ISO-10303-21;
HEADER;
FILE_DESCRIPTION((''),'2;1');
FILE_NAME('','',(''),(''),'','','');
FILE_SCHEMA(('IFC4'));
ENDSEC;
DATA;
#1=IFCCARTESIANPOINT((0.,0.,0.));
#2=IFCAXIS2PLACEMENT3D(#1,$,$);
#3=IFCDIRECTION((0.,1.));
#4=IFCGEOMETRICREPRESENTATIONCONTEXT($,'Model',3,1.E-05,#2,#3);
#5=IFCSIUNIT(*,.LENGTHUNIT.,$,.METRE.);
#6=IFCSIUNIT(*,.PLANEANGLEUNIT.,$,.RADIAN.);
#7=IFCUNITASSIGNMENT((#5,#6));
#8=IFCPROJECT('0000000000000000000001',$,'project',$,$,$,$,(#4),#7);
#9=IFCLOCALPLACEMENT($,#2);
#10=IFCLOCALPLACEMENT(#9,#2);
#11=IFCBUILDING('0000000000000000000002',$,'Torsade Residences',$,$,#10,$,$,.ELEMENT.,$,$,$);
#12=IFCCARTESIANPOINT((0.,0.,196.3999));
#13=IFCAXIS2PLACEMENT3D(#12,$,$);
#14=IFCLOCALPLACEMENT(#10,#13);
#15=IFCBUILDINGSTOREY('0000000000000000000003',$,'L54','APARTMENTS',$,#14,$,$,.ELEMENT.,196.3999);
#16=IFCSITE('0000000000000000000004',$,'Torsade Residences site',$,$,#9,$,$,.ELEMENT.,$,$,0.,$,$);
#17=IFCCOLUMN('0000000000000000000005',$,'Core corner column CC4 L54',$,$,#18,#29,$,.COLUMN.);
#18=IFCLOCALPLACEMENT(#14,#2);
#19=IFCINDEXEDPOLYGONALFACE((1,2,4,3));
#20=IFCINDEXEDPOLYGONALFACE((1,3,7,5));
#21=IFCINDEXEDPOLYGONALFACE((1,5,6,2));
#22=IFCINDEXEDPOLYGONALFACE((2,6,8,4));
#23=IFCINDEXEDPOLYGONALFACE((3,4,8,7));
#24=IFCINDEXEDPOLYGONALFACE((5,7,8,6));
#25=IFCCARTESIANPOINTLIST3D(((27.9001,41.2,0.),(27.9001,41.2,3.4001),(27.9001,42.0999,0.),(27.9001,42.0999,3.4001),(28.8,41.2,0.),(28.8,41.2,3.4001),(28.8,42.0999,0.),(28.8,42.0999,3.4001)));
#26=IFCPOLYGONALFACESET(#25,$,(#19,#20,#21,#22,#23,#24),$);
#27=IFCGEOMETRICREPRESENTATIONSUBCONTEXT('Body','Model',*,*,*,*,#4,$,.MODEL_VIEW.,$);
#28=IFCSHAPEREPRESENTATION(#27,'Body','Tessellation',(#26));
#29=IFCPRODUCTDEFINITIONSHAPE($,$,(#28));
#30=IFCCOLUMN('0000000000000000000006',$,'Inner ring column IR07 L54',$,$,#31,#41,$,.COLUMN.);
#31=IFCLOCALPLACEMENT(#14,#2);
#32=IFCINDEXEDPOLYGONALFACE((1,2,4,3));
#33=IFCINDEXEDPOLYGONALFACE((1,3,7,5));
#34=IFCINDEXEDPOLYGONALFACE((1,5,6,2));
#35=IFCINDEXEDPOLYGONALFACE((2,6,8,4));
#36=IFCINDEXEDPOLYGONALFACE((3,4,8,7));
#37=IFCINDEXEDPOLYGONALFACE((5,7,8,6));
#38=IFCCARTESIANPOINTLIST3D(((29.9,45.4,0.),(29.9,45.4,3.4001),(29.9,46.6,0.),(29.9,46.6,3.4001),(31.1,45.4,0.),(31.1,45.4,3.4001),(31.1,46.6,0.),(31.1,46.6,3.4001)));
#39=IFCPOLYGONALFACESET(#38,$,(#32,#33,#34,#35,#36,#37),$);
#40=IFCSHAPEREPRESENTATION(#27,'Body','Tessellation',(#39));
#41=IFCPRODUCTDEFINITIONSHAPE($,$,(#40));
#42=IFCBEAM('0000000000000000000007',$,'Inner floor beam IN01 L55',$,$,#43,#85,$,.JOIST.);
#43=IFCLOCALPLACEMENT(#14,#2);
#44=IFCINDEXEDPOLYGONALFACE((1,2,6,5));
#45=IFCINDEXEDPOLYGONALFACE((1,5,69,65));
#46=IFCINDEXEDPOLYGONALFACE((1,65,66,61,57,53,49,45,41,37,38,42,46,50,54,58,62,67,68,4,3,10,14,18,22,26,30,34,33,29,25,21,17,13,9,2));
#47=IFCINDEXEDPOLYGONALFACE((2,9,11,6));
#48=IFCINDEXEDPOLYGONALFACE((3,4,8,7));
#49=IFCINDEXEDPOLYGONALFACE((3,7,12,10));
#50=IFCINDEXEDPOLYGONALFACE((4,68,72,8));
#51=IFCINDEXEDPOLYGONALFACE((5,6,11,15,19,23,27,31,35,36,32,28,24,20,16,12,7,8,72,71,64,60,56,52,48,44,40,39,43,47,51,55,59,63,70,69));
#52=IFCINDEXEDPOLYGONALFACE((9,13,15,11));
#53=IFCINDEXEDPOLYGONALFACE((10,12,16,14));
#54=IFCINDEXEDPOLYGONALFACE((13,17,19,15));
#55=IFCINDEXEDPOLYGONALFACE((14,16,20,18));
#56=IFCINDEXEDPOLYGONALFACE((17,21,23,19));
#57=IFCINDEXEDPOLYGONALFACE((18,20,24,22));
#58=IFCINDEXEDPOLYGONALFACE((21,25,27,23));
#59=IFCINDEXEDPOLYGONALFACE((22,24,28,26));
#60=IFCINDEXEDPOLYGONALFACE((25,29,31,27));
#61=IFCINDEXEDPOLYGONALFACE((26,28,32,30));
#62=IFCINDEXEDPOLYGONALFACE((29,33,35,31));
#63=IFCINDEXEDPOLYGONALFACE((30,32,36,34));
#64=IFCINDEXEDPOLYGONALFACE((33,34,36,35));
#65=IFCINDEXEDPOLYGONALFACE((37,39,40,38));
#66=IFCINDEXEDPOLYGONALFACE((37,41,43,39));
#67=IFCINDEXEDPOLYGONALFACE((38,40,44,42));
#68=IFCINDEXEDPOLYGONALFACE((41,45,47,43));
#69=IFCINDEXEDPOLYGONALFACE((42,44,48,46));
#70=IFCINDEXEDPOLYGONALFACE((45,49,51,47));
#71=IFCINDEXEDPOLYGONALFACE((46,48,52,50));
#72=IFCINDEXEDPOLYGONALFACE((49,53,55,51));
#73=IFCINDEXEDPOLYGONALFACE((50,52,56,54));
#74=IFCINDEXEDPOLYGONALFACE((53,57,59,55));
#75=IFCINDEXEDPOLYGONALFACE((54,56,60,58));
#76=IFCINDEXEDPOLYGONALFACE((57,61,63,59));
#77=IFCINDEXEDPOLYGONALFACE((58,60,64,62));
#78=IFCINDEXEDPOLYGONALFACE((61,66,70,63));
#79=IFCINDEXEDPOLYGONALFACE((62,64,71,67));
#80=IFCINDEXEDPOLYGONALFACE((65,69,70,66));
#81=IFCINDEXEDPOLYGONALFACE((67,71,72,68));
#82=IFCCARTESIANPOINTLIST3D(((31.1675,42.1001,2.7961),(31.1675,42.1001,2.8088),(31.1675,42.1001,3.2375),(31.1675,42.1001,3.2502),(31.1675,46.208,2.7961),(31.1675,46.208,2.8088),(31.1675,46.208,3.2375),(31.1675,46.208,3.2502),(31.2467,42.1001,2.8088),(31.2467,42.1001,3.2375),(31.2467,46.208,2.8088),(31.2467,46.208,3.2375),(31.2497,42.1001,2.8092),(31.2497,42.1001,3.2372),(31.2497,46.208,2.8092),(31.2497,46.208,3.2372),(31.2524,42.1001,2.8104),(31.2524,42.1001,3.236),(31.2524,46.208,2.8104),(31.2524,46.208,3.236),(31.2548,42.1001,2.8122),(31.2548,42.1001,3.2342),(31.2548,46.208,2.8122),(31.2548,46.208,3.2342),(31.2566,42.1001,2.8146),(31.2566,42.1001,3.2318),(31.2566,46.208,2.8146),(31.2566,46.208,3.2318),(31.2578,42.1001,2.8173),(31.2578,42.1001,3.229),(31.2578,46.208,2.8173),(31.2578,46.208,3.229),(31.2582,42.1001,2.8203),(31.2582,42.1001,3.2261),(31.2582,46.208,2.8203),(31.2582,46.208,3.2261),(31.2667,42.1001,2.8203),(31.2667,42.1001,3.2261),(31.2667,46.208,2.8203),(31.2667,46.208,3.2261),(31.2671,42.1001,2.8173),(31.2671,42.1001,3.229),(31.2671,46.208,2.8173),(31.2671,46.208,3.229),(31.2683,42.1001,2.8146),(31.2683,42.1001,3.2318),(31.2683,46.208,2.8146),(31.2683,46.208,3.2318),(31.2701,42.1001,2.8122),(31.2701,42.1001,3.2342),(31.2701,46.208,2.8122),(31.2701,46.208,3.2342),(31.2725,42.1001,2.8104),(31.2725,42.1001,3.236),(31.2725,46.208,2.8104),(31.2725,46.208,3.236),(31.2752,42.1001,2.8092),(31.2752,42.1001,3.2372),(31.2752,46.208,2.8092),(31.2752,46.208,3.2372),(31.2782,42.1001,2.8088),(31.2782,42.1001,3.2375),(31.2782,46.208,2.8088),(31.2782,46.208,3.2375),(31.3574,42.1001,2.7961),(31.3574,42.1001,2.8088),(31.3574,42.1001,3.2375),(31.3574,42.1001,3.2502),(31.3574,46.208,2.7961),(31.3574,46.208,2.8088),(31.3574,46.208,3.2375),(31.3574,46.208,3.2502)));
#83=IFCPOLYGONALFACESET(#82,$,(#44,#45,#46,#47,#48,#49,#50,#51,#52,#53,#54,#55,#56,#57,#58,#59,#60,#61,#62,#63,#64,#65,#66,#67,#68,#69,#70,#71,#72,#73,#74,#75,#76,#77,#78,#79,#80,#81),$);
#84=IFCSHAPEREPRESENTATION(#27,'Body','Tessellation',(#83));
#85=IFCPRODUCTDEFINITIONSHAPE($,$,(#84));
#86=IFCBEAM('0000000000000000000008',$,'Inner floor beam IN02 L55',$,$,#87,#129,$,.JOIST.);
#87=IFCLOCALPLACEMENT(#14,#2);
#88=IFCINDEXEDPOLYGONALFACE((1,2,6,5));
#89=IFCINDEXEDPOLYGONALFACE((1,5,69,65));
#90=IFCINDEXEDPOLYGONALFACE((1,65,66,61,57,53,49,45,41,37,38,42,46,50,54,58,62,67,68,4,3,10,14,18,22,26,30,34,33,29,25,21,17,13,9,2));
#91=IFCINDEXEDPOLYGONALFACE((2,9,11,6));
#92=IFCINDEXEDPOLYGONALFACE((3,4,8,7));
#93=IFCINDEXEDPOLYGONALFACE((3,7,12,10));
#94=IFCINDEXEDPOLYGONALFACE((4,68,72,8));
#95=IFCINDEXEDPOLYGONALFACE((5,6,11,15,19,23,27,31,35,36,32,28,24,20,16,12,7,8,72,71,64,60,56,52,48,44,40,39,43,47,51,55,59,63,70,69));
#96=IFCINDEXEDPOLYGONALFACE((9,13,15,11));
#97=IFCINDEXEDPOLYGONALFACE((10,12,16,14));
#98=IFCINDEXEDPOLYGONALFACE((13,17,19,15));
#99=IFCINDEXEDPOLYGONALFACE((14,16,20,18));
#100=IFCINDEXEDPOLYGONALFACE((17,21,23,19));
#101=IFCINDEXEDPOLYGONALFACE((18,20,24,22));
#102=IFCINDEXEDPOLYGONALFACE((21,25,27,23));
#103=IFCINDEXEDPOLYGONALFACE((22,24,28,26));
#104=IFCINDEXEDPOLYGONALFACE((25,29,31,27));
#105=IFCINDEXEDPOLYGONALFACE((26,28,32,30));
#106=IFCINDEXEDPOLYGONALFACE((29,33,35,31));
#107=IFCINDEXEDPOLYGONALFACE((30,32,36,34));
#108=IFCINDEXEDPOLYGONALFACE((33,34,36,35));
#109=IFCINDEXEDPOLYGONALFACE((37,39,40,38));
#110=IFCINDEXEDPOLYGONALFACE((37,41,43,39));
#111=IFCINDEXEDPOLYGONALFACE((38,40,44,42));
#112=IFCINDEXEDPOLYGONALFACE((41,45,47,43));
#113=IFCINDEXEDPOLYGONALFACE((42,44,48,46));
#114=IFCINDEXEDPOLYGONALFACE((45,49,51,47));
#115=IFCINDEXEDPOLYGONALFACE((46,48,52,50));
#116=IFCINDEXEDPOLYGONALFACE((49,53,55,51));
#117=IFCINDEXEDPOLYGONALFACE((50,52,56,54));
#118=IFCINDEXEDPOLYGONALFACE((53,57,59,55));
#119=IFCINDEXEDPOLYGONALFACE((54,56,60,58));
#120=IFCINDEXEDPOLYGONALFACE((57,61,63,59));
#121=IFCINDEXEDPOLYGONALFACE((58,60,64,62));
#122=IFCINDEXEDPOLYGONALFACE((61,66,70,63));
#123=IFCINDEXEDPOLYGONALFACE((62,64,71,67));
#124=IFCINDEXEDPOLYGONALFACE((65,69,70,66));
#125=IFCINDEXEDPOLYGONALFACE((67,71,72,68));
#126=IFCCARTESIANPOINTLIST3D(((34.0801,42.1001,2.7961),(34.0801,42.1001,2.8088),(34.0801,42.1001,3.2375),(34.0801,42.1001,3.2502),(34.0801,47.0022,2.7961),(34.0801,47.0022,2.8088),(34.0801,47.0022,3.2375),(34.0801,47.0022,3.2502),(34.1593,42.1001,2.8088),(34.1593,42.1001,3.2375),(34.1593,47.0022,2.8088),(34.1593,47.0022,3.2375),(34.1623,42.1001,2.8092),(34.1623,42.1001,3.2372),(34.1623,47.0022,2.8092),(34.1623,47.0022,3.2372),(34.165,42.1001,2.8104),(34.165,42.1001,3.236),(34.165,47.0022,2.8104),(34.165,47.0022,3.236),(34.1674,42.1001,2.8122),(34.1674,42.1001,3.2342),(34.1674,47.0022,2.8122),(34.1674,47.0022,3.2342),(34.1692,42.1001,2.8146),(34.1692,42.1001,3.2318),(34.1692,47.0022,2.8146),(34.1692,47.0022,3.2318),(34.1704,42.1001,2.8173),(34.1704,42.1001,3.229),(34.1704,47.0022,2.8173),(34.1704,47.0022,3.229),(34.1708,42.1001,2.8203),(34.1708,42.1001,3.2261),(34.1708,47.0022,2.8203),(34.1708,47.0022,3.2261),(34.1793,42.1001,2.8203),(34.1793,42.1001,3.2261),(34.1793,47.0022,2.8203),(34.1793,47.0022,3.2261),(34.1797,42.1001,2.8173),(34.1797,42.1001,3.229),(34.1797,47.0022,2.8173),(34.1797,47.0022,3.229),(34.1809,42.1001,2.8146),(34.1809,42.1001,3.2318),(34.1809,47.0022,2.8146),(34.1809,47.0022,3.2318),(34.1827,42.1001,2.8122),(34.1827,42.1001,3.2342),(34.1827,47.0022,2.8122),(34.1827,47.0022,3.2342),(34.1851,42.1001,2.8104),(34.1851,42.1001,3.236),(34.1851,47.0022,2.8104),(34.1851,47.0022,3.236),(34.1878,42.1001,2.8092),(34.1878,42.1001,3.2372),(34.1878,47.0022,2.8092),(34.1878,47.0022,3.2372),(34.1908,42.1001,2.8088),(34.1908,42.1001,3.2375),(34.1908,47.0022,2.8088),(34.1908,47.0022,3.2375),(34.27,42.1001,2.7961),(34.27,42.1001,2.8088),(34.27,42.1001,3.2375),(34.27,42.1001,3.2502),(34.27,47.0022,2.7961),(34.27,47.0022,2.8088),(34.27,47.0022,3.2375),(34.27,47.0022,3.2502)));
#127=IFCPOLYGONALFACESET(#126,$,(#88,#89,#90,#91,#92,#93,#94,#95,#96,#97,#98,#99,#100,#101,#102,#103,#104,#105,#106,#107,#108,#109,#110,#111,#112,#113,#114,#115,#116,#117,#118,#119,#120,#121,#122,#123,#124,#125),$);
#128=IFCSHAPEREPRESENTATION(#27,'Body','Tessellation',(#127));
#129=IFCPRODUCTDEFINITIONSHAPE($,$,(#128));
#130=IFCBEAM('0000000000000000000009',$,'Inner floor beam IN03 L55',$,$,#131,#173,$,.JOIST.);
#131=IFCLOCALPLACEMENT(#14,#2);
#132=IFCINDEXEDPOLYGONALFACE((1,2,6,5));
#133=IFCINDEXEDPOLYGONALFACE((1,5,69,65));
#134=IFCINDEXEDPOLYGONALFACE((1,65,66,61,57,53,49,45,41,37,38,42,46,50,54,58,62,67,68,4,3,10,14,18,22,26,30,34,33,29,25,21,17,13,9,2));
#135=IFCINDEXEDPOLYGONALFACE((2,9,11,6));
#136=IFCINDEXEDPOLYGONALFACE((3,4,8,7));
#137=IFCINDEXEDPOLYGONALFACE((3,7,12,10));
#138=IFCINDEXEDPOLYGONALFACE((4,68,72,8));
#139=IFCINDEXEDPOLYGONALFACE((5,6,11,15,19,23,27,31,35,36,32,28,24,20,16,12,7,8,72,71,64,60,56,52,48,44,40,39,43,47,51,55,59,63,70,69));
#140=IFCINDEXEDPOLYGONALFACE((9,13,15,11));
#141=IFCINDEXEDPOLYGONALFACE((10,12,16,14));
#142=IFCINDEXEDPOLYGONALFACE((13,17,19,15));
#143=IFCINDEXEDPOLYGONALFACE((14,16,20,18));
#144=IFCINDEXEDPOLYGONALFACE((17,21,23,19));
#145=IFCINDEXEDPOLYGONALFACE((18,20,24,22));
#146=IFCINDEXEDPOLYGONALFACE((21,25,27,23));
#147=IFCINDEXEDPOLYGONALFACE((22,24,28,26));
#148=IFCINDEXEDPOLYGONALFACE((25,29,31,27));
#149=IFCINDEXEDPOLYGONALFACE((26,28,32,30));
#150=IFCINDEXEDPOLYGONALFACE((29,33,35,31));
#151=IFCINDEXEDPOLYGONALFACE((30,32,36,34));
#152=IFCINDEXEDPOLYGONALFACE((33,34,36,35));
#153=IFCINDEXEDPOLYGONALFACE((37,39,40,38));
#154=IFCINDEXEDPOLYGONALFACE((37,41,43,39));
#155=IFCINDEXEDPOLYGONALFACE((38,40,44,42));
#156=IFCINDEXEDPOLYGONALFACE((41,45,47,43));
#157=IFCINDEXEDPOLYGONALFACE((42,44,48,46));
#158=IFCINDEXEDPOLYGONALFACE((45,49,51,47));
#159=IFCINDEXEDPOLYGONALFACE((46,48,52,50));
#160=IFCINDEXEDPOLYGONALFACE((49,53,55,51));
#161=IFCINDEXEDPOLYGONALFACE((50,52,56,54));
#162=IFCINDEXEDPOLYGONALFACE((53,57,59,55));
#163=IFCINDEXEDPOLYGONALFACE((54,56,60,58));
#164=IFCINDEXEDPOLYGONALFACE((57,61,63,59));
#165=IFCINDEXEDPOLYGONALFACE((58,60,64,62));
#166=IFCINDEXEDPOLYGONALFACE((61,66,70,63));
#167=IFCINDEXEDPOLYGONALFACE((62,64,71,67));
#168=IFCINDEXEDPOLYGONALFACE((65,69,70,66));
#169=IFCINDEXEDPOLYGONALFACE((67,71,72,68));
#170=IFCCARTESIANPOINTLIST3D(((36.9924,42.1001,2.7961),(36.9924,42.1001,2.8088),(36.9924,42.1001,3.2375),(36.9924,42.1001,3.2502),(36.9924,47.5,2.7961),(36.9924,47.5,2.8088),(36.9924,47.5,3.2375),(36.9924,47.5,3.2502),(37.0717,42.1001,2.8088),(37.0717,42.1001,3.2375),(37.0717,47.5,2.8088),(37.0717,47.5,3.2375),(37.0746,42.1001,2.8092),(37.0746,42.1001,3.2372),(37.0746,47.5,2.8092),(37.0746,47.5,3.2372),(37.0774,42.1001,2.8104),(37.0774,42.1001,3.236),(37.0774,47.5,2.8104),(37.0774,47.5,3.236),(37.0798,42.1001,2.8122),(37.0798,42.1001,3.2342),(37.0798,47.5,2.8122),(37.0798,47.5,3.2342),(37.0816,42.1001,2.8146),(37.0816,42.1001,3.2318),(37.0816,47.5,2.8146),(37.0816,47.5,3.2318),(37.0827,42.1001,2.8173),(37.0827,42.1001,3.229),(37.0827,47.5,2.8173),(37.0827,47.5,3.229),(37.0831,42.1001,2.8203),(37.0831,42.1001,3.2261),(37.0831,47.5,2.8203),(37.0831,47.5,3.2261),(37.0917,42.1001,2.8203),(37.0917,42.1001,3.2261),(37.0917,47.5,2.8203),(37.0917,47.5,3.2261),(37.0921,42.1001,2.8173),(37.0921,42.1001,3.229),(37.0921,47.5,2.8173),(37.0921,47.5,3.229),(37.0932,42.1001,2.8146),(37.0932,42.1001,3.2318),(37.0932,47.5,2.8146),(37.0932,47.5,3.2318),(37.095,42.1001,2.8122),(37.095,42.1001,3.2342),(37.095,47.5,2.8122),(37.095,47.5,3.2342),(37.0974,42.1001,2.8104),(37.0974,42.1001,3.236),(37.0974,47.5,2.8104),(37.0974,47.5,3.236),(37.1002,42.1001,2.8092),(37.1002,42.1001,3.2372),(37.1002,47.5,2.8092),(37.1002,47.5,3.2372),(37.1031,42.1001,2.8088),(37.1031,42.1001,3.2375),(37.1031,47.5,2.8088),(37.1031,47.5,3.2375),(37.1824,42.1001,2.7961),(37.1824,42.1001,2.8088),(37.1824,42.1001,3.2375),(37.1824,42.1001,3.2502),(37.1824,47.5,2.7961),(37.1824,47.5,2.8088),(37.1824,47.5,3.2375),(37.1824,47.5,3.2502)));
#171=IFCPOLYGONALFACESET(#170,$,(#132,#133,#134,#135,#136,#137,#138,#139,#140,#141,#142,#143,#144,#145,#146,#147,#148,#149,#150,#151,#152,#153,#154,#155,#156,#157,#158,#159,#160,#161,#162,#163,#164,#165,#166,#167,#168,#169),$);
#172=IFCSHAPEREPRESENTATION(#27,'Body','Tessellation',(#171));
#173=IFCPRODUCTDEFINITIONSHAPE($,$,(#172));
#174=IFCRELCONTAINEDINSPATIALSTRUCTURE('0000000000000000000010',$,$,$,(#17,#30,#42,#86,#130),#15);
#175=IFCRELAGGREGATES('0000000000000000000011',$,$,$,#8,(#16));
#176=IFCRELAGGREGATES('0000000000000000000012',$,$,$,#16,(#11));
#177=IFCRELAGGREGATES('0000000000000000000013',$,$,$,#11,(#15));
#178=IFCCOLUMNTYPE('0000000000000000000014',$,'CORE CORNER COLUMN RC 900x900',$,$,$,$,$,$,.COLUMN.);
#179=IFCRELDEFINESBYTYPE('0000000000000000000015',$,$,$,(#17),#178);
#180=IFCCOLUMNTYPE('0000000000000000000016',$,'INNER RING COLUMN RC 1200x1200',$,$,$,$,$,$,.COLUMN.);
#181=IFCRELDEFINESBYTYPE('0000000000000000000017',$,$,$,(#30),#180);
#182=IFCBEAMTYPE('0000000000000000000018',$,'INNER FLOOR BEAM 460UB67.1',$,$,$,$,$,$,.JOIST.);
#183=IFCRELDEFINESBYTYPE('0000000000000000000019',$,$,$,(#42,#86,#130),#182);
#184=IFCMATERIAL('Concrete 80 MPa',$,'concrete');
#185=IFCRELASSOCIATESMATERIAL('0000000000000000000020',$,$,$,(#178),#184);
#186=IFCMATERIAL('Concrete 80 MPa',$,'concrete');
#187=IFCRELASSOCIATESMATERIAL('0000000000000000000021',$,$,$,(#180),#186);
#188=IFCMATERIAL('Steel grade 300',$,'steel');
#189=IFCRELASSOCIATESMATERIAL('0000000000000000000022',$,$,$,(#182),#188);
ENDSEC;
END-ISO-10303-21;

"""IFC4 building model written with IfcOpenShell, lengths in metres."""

from ifc_helpers import new_model, si_unit, direction, frame, origin, origin_2d, place, context, subcontext, project, spatial, rectangle, i_section, extrude, material, material_profile, profile_set, type_object, element, save


model = new_model("IFC4")

# Units and contexts
model_context = context("Model", 3, precision=1e-05, world=origin(), true_north=direction((0.0, 1.0)))
body_context = subcontext(model_context, "Body", "Model", "MODEL_VIEW")
ifc_project = project(units=[si_unit("LENGTHUNIT", "METRE"), si_unit("PLANEANGLEUNIT", "RADIAN")], contexts=[model_context])

# Site, building, storey
site_placement = place(None, origin())
site = spatial("IfcSite", under=ifc_project, at=site_placement, Name="Torsade Residences site", CompositionType="ELEMENT", RefElevation=0.0)
building_placement = place(site_placement, origin())
building = spatial("IfcBuilding", under=site, at=building_placement, Name="Torsade Residences", CompositionType="ELEMENT")
storey_placement = place(building_placement, frame((0.0, 0.0, 196.3999)))
storey = spatial("IfcBuildingStorey", under=building, at=storey_placement, Name="L54", Description="APARTMENTS", CompositionType="ELEMENT", Elevation=196.3999)

# Columns
ifc_material_1 = material(Name="Concrete 80 MPa", Category="concrete")
ifc_material_profile_1 = material_profile(ifc_material_1, rectangle(XDim=0.8999, YDim=0.8999, at=origin_2d()), Name="RC 900x900")
ifc_profile_set_1 = profile_set([ifc_material_profile_1], Name="Concrete 80 MPa")
column_type_1 = type_object("IfcColumnType", Name="CORE CORNER COLUMN RC 900x900", PredefinedType="COLUMN", material=ifc_profile_set_1)
column_1_placement = place(storey_placement, frame((28.3501, 41.6499, 0.0), z_axis=(0.0, 0.0, 1.0), x_axis=(1.0, 0.0, 0.0)))
element("IfcColumn", 1, at=column_1_placement, inside=storey, type_object=column_type_1, Name="Core corner column CC4 L54", PredefinedType="COLUMN", context=body_context, shape_type="SweptSolid", body=[
    extrude(rectangle(XDim=0.8999, YDim=0.8999, at=origin_2d()), origin(), (0.0, 0.0, 1.0), 3.4001),
])
ifc_material_2 = material(Name="Concrete 80 MPa", Category="concrete")
ifc_material_profile_2 = material_profile(ifc_material_2, rectangle(XDim=1.2, YDim=1.2, at=origin_2d()), Name="RC 1200x1200")
ifc_profile_set_2 = profile_set([ifc_material_profile_2], Name="Concrete 80 MPa")
column_type_2 = type_object("IfcColumnType", Name="INNER RING COLUMN RC 1200x1200", PredefinedType="COLUMN", material=ifc_profile_set_2)
column_2_placement = place(storey_placement, frame((30.5, 46.0, 0.0), z_axis=(0.0, 0.0, 1.0), x_axis=(1.0, 0.0, 0.0)))
element("IfcColumn", 2, at=column_2_placement, inside=storey, type_object=column_type_2, Name="Inner ring column IR07 L54", PredefinedType="COLUMN", context=body_context, shape_type="SweptSolid", body=[
    extrude(rectangle(XDim=1.2, YDim=1.2, at=origin_2d()), origin(), (0.0, 0.0, 1.0), 3.4001),
])

# Beams
ifc_material_3 = material(Name="Steel grade 300", Category="steel")
ifc_material_profile_3 = material_profile(ifc_material_3, i_section(OverallWidth=0.1899, OverallDepth=0.4541, WebThickness=0.0085, FlangeThickness=0.0127, FilletRadius=0.0115, at=origin_2d()), Name="460UB67.1")
ifc_profile_set_3 = profile_set([ifc_material_profile_3], Name="Steel grade 300")
beam_type_1 = type_object("IfcBeamType", Name="INNER FLOOR BEAM 460UB67.1", PredefinedType="JOIST", material=ifc_profile_set_3)
beam_1_placement = place(storey_placement, frame((31.2625, 42.1001, 3.0232), z_axis=(0.0, 1.0, 0.0), x_axis=(-1.0, 0.0, 0.0)))
element("IfcBeam", 3, at=beam_1_placement, inside=storey, type_object=beam_type_1, Name="Inner floor beam IN01 L55", PredefinedType="JOIST", context=body_context, shape_type="SweptSolid", body=[
    extrude(i_section(OverallWidth=0.1899, OverallDepth=0.4541, WebThickness=0.0085, FlangeThickness=0.0127, FilletRadius=0.0115, at=origin_2d()), origin(), (0.0, 0.0, 1.0), 4.1079),
])
beam_2_placement = place(storey_placement, frame((34.175, 42.1001, 3.0232), z_axis=(0.0, 1.0, 0.0), x_axis=(-1.0, 0.0, 0.0)))
element("IfcBeam", 4, at=beam_2_placement, inside=storey, type_object=beam_type_1, Name="Inner floor beam IN02 L55", PredefinedType="JOIST", context=body_context, shape_type="SweptSolid", body=[
    extrude(i_section(OverallWidth=0.1899, OverallDepth=0.4541, WebThickness=0.0085, FlangeThickness=0.0127, FilletRadius=0.0115, at=origin_2d()), origin(), (0.0, 0.0, 1.0), 4.9021),
])
beam_3_placement = place(storey_placement, frame((37.0874, 42.1001, 3.0232), z_axis=(0.0, 1.0, 0.0), x_axis=(-1.0, 0.0, 0.0)))
element("IfcBeam", 5, at=beam_3_placement, inside=storey, type_object=beam_type_1, Name="Inner floor beam IN03 L55", PredefinedType="JOIST", context=body_context, shape_type="SweptSolid", body=[
    extrude(i_section(OverallWidth=0.1899, OverallDepth=0.4541, WebThickness=0.0085, FlangeThickness=0.0127, FilletRadius=0.0115, at=origin_2d()), origin(), (0.0, 0.0, 1.0), 5.3999),
])

save(model, "model.ifc")
